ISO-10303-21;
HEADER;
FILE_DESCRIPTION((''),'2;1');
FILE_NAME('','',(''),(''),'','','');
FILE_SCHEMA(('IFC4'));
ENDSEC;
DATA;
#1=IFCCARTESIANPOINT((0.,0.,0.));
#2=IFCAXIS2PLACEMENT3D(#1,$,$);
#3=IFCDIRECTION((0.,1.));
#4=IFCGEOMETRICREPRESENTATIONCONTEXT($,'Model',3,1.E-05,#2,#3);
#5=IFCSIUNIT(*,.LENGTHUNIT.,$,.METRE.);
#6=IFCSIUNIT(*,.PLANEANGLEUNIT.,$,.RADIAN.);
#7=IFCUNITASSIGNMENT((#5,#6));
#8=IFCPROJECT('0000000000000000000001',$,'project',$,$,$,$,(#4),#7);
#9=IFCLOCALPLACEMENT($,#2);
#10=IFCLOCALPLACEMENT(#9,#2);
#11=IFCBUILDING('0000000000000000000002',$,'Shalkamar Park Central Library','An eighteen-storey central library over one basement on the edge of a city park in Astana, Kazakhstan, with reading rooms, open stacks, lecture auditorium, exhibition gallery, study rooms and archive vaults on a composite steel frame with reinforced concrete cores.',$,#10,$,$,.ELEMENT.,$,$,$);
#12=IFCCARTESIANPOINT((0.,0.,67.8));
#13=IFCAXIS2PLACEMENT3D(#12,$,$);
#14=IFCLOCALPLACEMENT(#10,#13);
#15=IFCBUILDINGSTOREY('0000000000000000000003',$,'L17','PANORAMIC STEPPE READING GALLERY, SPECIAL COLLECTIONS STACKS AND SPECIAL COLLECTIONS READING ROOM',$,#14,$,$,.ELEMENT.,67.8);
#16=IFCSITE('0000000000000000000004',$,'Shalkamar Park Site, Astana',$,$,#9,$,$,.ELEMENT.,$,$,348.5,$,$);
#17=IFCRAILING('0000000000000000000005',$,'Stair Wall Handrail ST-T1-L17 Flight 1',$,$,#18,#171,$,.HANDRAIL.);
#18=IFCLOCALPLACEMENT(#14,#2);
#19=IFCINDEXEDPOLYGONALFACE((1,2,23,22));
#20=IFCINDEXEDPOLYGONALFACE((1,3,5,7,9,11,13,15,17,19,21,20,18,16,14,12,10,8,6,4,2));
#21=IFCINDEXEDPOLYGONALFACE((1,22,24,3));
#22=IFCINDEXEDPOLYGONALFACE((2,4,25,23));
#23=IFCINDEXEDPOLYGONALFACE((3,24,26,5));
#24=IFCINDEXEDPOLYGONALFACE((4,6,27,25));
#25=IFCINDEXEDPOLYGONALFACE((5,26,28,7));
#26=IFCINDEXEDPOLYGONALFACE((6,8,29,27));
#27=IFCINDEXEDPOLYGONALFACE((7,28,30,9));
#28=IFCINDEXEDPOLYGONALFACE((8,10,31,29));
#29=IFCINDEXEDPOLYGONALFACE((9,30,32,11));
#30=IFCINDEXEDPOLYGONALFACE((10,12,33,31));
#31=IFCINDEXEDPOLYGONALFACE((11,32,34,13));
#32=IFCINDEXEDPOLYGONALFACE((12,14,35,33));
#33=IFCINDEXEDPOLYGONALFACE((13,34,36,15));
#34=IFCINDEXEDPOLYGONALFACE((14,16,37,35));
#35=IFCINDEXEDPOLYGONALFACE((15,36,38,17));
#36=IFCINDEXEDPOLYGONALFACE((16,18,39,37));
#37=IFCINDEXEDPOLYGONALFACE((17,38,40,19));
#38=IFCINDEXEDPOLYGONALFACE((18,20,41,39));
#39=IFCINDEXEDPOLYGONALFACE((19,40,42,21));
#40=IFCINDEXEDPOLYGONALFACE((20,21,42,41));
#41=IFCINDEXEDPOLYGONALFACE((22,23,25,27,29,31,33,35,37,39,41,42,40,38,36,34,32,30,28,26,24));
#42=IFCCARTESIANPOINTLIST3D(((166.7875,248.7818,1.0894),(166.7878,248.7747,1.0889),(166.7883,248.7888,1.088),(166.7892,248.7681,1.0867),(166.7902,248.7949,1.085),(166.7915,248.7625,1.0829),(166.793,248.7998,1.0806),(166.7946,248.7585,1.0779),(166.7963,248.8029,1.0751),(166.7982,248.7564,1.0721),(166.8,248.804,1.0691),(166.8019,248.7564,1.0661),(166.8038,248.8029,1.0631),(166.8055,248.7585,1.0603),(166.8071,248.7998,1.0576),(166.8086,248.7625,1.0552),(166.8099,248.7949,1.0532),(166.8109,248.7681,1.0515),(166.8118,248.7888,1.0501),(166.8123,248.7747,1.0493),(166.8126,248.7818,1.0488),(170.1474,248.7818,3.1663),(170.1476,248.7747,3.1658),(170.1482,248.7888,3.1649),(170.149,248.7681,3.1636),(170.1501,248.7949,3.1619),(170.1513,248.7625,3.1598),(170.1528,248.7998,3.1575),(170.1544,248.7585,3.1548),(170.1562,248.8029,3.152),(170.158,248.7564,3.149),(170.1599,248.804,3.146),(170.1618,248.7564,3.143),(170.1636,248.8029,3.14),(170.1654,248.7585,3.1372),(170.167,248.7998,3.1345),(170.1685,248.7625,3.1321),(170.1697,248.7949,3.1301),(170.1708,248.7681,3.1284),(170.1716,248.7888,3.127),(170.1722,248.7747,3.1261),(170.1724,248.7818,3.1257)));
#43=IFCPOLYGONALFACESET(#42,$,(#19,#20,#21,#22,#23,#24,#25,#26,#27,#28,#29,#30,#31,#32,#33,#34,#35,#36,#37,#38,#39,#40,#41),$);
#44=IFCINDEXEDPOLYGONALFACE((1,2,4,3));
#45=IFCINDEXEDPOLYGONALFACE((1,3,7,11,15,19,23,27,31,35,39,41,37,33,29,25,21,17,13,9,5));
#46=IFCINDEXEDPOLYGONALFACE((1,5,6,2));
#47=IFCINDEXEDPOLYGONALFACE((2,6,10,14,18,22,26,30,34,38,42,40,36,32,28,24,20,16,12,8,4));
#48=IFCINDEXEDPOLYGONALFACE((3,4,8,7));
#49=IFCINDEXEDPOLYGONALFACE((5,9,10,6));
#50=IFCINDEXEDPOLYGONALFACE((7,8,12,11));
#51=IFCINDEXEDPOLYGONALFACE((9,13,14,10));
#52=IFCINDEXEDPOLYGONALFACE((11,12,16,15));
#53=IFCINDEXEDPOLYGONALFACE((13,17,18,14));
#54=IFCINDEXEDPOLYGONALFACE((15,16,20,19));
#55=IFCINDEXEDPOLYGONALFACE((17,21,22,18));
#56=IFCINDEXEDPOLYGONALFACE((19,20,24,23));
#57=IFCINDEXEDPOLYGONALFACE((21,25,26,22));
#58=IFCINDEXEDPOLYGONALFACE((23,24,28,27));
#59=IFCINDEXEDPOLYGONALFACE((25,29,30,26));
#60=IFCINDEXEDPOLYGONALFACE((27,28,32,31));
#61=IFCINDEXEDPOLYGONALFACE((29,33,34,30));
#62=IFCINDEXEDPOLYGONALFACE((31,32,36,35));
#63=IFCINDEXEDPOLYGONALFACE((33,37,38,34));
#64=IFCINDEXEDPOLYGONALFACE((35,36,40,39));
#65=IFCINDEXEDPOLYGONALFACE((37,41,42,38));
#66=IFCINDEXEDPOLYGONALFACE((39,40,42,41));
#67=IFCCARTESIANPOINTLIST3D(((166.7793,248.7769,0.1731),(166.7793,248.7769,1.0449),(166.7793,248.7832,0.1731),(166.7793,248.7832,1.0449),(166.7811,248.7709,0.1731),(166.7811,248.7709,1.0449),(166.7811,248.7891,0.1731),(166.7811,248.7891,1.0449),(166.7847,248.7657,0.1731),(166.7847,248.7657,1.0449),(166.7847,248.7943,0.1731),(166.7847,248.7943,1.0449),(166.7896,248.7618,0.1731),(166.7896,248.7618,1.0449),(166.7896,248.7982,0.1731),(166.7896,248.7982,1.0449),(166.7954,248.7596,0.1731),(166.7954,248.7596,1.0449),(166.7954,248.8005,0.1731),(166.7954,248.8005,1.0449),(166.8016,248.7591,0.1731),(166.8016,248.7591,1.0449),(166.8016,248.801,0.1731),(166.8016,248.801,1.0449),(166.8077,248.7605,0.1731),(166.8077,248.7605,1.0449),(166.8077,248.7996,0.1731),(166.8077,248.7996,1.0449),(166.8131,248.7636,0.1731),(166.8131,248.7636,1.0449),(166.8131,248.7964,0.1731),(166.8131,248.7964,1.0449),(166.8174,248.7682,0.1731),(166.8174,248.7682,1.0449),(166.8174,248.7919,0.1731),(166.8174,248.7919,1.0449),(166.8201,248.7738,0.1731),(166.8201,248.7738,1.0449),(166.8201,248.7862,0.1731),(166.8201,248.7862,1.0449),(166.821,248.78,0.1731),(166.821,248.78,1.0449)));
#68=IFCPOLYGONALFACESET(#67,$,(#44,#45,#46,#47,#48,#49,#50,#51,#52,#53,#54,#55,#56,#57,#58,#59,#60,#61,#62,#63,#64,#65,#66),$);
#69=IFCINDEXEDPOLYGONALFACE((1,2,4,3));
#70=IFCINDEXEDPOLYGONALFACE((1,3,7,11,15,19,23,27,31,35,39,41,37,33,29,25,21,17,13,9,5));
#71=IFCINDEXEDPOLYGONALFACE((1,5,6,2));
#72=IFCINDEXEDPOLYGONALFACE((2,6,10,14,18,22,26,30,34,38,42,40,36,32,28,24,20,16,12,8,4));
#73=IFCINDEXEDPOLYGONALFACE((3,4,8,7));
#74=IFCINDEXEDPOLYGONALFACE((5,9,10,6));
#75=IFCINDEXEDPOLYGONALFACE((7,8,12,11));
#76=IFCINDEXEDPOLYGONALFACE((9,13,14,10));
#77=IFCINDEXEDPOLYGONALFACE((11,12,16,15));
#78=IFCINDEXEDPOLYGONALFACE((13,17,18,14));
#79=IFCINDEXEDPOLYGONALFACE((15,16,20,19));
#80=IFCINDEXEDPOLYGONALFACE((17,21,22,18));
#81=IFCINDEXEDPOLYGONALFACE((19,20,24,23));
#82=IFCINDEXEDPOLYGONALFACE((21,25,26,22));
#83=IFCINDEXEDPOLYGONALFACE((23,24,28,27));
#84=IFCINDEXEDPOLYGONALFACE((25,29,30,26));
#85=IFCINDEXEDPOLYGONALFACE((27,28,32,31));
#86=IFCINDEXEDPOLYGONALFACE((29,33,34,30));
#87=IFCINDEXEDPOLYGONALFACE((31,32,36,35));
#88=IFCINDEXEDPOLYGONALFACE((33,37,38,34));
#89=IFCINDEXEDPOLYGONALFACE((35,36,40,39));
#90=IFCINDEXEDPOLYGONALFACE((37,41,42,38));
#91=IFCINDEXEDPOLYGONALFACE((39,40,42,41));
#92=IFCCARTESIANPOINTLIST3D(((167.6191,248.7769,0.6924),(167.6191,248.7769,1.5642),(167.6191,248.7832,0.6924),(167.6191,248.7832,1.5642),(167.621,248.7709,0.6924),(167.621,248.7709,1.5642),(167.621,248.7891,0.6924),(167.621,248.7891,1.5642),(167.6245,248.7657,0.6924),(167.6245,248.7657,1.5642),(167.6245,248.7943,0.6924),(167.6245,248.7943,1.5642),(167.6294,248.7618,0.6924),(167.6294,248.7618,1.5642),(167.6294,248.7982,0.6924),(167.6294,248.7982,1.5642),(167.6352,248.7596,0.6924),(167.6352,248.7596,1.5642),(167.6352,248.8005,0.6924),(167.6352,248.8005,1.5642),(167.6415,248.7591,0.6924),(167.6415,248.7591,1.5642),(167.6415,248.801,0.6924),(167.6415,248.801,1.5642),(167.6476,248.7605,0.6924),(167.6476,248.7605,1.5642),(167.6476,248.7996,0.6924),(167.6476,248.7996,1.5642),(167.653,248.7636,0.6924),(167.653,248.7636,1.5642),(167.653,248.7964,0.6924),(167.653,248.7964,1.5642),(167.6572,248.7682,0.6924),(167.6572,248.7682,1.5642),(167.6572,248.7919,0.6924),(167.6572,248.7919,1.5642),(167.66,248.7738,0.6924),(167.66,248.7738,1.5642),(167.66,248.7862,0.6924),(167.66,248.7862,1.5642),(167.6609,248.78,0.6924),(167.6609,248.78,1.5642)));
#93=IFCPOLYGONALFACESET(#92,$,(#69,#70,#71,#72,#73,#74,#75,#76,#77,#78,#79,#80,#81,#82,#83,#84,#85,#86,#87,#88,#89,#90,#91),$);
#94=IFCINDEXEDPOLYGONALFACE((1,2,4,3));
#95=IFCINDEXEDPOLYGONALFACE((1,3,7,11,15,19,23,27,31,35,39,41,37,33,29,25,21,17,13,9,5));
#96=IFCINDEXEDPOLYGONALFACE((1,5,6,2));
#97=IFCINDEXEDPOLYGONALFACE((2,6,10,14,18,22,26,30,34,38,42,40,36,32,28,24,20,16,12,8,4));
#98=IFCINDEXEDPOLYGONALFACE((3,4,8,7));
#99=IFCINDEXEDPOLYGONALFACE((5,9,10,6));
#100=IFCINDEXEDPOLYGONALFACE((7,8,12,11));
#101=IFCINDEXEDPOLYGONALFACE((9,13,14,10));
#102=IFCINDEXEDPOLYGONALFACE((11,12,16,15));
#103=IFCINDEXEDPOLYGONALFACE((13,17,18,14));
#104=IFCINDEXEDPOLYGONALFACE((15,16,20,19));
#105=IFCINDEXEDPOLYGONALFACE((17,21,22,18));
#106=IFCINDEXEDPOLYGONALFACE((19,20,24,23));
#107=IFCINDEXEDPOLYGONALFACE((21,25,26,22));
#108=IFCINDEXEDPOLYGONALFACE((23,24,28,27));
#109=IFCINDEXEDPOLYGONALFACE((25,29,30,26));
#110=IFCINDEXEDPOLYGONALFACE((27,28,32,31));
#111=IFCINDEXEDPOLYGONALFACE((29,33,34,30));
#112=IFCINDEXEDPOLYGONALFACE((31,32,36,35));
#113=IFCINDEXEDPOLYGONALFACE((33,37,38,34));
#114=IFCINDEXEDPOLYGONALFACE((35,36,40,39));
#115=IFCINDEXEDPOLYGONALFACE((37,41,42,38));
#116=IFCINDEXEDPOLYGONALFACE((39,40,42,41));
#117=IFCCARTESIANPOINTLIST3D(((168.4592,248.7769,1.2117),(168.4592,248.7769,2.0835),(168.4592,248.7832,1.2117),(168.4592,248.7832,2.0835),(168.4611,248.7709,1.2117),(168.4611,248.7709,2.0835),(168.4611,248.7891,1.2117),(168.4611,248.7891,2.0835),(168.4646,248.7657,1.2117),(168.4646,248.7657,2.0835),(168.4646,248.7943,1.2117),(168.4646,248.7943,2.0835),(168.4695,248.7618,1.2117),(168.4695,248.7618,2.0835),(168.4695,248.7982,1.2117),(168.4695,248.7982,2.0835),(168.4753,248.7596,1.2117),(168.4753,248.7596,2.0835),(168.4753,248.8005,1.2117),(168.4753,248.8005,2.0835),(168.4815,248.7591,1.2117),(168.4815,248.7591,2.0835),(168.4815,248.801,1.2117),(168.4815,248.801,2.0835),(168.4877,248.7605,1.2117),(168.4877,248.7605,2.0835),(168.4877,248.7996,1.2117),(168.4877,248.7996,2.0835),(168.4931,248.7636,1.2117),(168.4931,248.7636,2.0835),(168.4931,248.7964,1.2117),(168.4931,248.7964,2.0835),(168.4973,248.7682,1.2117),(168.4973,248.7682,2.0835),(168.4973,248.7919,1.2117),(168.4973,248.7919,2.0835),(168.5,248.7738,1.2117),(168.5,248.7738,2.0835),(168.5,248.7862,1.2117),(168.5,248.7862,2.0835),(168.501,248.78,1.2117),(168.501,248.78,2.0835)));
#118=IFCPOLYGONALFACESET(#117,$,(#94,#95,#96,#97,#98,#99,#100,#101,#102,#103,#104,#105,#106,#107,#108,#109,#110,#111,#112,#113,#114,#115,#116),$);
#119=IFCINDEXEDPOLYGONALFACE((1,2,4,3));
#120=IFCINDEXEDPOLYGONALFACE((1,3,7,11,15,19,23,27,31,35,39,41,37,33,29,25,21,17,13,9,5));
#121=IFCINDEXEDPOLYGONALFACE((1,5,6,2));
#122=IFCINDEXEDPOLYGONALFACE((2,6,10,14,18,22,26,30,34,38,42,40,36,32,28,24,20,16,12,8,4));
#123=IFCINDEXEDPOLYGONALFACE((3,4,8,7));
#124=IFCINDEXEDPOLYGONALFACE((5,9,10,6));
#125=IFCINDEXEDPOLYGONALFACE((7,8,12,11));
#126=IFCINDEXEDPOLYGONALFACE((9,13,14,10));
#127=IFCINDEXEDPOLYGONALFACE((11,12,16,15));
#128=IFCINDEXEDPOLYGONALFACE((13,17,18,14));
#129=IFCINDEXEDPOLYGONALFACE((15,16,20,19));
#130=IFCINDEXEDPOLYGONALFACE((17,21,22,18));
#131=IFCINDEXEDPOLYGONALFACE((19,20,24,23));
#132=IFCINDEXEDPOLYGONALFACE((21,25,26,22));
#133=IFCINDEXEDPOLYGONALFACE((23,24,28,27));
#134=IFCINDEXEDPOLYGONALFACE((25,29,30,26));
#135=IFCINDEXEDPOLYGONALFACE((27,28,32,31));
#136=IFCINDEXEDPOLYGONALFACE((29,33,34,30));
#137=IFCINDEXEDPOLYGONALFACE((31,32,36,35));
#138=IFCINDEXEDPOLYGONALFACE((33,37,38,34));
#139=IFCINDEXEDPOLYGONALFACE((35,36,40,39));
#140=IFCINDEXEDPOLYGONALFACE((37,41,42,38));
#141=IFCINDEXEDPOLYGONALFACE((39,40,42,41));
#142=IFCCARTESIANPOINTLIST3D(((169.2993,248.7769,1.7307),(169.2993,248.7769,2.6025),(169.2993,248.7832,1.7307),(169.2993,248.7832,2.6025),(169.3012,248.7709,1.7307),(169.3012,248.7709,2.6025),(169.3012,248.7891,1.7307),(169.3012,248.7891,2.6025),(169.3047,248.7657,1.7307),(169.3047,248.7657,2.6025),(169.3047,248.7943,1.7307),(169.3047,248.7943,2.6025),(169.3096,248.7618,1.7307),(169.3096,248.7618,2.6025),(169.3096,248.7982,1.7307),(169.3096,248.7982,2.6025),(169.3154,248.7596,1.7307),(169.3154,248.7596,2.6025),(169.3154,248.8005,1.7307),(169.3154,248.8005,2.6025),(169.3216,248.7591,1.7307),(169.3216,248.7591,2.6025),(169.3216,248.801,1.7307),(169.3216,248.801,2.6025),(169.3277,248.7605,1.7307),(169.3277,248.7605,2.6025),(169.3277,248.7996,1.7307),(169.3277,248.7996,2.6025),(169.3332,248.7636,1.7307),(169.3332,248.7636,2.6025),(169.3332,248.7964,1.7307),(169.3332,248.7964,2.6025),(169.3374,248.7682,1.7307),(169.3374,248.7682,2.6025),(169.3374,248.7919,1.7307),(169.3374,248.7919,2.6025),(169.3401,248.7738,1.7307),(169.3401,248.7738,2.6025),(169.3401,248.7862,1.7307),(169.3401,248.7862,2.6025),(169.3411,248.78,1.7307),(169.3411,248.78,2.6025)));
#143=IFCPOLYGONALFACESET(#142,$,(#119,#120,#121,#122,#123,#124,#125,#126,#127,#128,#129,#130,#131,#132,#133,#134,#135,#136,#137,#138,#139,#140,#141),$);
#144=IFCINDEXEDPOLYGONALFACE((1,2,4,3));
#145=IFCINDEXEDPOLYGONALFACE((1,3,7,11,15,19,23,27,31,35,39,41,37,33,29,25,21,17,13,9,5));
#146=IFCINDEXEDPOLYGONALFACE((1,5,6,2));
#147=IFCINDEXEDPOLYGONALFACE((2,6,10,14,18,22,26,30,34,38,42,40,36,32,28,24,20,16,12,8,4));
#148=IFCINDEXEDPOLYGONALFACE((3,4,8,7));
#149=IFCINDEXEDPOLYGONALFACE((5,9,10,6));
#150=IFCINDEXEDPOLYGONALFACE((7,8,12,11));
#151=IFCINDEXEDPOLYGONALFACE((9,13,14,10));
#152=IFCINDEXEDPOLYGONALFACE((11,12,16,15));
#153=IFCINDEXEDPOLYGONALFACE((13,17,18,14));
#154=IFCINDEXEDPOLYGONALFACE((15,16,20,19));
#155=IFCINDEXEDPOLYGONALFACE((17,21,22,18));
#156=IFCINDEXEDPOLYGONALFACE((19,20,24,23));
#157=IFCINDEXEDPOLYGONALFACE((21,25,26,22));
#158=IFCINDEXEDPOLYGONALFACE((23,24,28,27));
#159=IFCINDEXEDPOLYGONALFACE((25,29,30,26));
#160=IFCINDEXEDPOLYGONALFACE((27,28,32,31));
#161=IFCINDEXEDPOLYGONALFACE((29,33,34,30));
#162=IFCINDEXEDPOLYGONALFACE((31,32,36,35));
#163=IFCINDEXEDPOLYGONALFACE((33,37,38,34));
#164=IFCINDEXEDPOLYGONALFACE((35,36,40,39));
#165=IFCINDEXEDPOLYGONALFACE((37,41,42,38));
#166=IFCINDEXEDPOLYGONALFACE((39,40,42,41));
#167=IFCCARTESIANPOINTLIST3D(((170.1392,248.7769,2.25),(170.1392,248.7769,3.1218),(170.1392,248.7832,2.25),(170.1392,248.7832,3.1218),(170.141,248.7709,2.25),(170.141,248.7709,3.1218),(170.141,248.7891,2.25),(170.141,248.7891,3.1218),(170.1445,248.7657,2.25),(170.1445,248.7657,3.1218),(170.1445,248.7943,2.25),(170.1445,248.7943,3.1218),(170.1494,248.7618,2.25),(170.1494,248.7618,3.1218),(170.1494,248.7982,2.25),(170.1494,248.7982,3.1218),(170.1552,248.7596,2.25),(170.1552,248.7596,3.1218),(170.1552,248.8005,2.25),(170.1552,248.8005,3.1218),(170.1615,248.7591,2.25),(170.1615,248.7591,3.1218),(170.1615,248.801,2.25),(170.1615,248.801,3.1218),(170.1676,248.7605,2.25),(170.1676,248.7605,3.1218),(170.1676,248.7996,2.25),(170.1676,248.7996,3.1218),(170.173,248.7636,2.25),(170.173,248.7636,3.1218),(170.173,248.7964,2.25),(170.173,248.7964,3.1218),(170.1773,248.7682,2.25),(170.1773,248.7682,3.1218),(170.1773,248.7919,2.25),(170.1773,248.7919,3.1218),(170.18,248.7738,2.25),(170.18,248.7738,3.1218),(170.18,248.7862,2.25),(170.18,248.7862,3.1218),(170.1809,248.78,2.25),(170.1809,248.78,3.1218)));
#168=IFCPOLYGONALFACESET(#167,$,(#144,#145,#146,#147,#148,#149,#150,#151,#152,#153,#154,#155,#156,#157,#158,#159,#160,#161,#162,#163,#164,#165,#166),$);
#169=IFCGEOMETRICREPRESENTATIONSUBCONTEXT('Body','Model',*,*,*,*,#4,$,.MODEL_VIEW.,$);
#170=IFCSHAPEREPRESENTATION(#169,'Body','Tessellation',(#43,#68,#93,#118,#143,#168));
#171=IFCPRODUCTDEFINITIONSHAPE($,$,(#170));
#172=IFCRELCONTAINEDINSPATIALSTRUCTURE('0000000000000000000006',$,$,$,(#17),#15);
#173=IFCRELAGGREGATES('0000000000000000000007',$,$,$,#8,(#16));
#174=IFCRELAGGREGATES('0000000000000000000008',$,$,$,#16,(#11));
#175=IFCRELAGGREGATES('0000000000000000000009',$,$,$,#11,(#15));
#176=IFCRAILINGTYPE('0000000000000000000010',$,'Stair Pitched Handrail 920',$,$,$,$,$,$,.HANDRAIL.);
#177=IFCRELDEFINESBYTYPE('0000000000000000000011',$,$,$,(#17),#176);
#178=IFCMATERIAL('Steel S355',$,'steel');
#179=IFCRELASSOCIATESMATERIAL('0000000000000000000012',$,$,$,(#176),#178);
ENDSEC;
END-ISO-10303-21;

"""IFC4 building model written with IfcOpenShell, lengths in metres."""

from ifc_helpers import new_model, si_unit, direction, frame, origin, origin_2d, place, context, subcontext, project, spatial, circle, extrude, material, type_object, element, save


model = new_model("IFC4")

# Units and contexts
model_context = context("Model", 3, precision=1e-05, world=origin(), true_north=direction((0.0, 1.0)))
body_context = subcontext(model_context, "Body", "Model", "MODEL_VIEW")
ifc_project = project(units=[si_unit("LENGTHUNIT", "METRE"), si_unit("PLANEANGLEUNIT", "RADIAN")], contexts=[model_context])

# Site, building, storey
site_placement = place(None, origin())
site = spatial("IfcSite", under=ifc_project, at=site_placement, Name="Shalkamar Park Site, Astana", CompositionType="ELEMENT", RefElevation=348.5)
building_placement = place(site_placement, origin())
building = spatial("IfcBuilding", under=site, at=building_placement, Name="Shalkamar Park Central Library", Description="An eighteen-storey central library over one basement on the edge of a city park in Astana, Kazakhstan, with reading rooms, open stacks, lecture auditorium, exhibition gallery, study rooms and archive vaults on a composite steel frame with reinforced concrete cores.", CompositionType="ELEMENT")
storey_placement = place(building_placement, frame((0.0, 0.0, 67.8)))
storey = spatial("IfcBuildingStorey", under=building, at=storey_placement, Name="L17", Description="PANORAMIC STEPPE READING GALLERY, SPECIAL COLLECTIONS STACKS AND SPECIAL COLLECTIONS READING ROOM", CompositionType="ELEMENT", Elevation=67.8)

# Shared definitions
ifc_material_1 = material(Name="Steel S355", Category="steel")

# Railing
railing_type_1 = type_object("IfcRailingType", Name="Stair Pitched Handrail 920", PredefinedType="HANDRAIL", material=ifc_material_1)
railing_1_placement = place(storey_placement, frame((166.8, 248.78, 0.1731)))
element("IfcRailing", 1, at=railing_1_placement, inside=storey, type_object=railing_type_1, Name="Stair Wall Handrail ST-T1-L17 Flight 1", PredefinedType="HANDRAIL", context=body_context, shape_type="SweptSolid", body=[
    extrude(circle(Radius=0.0239, at=origin_2d()), frame((0.0, 0.0, 0.896), z_axis=(0.850606, 0.0, 0.525803), x_axis=(0.0, 1.0, 0.0)), (0.0, 0.0, 1.0), 3.95),
    extrude(circle(Radius=0.021, at=origin_2d()), origin(), (0.0, 0.0, 1.0), 0.8718),
    extrude(circle(Radius=0.021, at=origin_2d()), frame((0.8398, 0.0, 0.5193)), (0.0, 0.0, 1.0), 0.8718),
    extrude(circle(Radius=0.021, at=origin_2d()), frame((1.6799, 0.0, 1.0386)), (0.0, 0.0, 1.0), 0.8718),
    extrude(circle(Radius=0.021, at=origin_2d()), frame((2.52, 0.0, 1.5576)), (0.0, 0.0, 1.0), 0.8718),
    extrude(circle(Radius=0.021, at=origin_2d()), frame((3.3599, 0.0, 2.0769)), (0.0, 0.0, 1.0), 0.8718),
])

save(model, "model.ifc")
